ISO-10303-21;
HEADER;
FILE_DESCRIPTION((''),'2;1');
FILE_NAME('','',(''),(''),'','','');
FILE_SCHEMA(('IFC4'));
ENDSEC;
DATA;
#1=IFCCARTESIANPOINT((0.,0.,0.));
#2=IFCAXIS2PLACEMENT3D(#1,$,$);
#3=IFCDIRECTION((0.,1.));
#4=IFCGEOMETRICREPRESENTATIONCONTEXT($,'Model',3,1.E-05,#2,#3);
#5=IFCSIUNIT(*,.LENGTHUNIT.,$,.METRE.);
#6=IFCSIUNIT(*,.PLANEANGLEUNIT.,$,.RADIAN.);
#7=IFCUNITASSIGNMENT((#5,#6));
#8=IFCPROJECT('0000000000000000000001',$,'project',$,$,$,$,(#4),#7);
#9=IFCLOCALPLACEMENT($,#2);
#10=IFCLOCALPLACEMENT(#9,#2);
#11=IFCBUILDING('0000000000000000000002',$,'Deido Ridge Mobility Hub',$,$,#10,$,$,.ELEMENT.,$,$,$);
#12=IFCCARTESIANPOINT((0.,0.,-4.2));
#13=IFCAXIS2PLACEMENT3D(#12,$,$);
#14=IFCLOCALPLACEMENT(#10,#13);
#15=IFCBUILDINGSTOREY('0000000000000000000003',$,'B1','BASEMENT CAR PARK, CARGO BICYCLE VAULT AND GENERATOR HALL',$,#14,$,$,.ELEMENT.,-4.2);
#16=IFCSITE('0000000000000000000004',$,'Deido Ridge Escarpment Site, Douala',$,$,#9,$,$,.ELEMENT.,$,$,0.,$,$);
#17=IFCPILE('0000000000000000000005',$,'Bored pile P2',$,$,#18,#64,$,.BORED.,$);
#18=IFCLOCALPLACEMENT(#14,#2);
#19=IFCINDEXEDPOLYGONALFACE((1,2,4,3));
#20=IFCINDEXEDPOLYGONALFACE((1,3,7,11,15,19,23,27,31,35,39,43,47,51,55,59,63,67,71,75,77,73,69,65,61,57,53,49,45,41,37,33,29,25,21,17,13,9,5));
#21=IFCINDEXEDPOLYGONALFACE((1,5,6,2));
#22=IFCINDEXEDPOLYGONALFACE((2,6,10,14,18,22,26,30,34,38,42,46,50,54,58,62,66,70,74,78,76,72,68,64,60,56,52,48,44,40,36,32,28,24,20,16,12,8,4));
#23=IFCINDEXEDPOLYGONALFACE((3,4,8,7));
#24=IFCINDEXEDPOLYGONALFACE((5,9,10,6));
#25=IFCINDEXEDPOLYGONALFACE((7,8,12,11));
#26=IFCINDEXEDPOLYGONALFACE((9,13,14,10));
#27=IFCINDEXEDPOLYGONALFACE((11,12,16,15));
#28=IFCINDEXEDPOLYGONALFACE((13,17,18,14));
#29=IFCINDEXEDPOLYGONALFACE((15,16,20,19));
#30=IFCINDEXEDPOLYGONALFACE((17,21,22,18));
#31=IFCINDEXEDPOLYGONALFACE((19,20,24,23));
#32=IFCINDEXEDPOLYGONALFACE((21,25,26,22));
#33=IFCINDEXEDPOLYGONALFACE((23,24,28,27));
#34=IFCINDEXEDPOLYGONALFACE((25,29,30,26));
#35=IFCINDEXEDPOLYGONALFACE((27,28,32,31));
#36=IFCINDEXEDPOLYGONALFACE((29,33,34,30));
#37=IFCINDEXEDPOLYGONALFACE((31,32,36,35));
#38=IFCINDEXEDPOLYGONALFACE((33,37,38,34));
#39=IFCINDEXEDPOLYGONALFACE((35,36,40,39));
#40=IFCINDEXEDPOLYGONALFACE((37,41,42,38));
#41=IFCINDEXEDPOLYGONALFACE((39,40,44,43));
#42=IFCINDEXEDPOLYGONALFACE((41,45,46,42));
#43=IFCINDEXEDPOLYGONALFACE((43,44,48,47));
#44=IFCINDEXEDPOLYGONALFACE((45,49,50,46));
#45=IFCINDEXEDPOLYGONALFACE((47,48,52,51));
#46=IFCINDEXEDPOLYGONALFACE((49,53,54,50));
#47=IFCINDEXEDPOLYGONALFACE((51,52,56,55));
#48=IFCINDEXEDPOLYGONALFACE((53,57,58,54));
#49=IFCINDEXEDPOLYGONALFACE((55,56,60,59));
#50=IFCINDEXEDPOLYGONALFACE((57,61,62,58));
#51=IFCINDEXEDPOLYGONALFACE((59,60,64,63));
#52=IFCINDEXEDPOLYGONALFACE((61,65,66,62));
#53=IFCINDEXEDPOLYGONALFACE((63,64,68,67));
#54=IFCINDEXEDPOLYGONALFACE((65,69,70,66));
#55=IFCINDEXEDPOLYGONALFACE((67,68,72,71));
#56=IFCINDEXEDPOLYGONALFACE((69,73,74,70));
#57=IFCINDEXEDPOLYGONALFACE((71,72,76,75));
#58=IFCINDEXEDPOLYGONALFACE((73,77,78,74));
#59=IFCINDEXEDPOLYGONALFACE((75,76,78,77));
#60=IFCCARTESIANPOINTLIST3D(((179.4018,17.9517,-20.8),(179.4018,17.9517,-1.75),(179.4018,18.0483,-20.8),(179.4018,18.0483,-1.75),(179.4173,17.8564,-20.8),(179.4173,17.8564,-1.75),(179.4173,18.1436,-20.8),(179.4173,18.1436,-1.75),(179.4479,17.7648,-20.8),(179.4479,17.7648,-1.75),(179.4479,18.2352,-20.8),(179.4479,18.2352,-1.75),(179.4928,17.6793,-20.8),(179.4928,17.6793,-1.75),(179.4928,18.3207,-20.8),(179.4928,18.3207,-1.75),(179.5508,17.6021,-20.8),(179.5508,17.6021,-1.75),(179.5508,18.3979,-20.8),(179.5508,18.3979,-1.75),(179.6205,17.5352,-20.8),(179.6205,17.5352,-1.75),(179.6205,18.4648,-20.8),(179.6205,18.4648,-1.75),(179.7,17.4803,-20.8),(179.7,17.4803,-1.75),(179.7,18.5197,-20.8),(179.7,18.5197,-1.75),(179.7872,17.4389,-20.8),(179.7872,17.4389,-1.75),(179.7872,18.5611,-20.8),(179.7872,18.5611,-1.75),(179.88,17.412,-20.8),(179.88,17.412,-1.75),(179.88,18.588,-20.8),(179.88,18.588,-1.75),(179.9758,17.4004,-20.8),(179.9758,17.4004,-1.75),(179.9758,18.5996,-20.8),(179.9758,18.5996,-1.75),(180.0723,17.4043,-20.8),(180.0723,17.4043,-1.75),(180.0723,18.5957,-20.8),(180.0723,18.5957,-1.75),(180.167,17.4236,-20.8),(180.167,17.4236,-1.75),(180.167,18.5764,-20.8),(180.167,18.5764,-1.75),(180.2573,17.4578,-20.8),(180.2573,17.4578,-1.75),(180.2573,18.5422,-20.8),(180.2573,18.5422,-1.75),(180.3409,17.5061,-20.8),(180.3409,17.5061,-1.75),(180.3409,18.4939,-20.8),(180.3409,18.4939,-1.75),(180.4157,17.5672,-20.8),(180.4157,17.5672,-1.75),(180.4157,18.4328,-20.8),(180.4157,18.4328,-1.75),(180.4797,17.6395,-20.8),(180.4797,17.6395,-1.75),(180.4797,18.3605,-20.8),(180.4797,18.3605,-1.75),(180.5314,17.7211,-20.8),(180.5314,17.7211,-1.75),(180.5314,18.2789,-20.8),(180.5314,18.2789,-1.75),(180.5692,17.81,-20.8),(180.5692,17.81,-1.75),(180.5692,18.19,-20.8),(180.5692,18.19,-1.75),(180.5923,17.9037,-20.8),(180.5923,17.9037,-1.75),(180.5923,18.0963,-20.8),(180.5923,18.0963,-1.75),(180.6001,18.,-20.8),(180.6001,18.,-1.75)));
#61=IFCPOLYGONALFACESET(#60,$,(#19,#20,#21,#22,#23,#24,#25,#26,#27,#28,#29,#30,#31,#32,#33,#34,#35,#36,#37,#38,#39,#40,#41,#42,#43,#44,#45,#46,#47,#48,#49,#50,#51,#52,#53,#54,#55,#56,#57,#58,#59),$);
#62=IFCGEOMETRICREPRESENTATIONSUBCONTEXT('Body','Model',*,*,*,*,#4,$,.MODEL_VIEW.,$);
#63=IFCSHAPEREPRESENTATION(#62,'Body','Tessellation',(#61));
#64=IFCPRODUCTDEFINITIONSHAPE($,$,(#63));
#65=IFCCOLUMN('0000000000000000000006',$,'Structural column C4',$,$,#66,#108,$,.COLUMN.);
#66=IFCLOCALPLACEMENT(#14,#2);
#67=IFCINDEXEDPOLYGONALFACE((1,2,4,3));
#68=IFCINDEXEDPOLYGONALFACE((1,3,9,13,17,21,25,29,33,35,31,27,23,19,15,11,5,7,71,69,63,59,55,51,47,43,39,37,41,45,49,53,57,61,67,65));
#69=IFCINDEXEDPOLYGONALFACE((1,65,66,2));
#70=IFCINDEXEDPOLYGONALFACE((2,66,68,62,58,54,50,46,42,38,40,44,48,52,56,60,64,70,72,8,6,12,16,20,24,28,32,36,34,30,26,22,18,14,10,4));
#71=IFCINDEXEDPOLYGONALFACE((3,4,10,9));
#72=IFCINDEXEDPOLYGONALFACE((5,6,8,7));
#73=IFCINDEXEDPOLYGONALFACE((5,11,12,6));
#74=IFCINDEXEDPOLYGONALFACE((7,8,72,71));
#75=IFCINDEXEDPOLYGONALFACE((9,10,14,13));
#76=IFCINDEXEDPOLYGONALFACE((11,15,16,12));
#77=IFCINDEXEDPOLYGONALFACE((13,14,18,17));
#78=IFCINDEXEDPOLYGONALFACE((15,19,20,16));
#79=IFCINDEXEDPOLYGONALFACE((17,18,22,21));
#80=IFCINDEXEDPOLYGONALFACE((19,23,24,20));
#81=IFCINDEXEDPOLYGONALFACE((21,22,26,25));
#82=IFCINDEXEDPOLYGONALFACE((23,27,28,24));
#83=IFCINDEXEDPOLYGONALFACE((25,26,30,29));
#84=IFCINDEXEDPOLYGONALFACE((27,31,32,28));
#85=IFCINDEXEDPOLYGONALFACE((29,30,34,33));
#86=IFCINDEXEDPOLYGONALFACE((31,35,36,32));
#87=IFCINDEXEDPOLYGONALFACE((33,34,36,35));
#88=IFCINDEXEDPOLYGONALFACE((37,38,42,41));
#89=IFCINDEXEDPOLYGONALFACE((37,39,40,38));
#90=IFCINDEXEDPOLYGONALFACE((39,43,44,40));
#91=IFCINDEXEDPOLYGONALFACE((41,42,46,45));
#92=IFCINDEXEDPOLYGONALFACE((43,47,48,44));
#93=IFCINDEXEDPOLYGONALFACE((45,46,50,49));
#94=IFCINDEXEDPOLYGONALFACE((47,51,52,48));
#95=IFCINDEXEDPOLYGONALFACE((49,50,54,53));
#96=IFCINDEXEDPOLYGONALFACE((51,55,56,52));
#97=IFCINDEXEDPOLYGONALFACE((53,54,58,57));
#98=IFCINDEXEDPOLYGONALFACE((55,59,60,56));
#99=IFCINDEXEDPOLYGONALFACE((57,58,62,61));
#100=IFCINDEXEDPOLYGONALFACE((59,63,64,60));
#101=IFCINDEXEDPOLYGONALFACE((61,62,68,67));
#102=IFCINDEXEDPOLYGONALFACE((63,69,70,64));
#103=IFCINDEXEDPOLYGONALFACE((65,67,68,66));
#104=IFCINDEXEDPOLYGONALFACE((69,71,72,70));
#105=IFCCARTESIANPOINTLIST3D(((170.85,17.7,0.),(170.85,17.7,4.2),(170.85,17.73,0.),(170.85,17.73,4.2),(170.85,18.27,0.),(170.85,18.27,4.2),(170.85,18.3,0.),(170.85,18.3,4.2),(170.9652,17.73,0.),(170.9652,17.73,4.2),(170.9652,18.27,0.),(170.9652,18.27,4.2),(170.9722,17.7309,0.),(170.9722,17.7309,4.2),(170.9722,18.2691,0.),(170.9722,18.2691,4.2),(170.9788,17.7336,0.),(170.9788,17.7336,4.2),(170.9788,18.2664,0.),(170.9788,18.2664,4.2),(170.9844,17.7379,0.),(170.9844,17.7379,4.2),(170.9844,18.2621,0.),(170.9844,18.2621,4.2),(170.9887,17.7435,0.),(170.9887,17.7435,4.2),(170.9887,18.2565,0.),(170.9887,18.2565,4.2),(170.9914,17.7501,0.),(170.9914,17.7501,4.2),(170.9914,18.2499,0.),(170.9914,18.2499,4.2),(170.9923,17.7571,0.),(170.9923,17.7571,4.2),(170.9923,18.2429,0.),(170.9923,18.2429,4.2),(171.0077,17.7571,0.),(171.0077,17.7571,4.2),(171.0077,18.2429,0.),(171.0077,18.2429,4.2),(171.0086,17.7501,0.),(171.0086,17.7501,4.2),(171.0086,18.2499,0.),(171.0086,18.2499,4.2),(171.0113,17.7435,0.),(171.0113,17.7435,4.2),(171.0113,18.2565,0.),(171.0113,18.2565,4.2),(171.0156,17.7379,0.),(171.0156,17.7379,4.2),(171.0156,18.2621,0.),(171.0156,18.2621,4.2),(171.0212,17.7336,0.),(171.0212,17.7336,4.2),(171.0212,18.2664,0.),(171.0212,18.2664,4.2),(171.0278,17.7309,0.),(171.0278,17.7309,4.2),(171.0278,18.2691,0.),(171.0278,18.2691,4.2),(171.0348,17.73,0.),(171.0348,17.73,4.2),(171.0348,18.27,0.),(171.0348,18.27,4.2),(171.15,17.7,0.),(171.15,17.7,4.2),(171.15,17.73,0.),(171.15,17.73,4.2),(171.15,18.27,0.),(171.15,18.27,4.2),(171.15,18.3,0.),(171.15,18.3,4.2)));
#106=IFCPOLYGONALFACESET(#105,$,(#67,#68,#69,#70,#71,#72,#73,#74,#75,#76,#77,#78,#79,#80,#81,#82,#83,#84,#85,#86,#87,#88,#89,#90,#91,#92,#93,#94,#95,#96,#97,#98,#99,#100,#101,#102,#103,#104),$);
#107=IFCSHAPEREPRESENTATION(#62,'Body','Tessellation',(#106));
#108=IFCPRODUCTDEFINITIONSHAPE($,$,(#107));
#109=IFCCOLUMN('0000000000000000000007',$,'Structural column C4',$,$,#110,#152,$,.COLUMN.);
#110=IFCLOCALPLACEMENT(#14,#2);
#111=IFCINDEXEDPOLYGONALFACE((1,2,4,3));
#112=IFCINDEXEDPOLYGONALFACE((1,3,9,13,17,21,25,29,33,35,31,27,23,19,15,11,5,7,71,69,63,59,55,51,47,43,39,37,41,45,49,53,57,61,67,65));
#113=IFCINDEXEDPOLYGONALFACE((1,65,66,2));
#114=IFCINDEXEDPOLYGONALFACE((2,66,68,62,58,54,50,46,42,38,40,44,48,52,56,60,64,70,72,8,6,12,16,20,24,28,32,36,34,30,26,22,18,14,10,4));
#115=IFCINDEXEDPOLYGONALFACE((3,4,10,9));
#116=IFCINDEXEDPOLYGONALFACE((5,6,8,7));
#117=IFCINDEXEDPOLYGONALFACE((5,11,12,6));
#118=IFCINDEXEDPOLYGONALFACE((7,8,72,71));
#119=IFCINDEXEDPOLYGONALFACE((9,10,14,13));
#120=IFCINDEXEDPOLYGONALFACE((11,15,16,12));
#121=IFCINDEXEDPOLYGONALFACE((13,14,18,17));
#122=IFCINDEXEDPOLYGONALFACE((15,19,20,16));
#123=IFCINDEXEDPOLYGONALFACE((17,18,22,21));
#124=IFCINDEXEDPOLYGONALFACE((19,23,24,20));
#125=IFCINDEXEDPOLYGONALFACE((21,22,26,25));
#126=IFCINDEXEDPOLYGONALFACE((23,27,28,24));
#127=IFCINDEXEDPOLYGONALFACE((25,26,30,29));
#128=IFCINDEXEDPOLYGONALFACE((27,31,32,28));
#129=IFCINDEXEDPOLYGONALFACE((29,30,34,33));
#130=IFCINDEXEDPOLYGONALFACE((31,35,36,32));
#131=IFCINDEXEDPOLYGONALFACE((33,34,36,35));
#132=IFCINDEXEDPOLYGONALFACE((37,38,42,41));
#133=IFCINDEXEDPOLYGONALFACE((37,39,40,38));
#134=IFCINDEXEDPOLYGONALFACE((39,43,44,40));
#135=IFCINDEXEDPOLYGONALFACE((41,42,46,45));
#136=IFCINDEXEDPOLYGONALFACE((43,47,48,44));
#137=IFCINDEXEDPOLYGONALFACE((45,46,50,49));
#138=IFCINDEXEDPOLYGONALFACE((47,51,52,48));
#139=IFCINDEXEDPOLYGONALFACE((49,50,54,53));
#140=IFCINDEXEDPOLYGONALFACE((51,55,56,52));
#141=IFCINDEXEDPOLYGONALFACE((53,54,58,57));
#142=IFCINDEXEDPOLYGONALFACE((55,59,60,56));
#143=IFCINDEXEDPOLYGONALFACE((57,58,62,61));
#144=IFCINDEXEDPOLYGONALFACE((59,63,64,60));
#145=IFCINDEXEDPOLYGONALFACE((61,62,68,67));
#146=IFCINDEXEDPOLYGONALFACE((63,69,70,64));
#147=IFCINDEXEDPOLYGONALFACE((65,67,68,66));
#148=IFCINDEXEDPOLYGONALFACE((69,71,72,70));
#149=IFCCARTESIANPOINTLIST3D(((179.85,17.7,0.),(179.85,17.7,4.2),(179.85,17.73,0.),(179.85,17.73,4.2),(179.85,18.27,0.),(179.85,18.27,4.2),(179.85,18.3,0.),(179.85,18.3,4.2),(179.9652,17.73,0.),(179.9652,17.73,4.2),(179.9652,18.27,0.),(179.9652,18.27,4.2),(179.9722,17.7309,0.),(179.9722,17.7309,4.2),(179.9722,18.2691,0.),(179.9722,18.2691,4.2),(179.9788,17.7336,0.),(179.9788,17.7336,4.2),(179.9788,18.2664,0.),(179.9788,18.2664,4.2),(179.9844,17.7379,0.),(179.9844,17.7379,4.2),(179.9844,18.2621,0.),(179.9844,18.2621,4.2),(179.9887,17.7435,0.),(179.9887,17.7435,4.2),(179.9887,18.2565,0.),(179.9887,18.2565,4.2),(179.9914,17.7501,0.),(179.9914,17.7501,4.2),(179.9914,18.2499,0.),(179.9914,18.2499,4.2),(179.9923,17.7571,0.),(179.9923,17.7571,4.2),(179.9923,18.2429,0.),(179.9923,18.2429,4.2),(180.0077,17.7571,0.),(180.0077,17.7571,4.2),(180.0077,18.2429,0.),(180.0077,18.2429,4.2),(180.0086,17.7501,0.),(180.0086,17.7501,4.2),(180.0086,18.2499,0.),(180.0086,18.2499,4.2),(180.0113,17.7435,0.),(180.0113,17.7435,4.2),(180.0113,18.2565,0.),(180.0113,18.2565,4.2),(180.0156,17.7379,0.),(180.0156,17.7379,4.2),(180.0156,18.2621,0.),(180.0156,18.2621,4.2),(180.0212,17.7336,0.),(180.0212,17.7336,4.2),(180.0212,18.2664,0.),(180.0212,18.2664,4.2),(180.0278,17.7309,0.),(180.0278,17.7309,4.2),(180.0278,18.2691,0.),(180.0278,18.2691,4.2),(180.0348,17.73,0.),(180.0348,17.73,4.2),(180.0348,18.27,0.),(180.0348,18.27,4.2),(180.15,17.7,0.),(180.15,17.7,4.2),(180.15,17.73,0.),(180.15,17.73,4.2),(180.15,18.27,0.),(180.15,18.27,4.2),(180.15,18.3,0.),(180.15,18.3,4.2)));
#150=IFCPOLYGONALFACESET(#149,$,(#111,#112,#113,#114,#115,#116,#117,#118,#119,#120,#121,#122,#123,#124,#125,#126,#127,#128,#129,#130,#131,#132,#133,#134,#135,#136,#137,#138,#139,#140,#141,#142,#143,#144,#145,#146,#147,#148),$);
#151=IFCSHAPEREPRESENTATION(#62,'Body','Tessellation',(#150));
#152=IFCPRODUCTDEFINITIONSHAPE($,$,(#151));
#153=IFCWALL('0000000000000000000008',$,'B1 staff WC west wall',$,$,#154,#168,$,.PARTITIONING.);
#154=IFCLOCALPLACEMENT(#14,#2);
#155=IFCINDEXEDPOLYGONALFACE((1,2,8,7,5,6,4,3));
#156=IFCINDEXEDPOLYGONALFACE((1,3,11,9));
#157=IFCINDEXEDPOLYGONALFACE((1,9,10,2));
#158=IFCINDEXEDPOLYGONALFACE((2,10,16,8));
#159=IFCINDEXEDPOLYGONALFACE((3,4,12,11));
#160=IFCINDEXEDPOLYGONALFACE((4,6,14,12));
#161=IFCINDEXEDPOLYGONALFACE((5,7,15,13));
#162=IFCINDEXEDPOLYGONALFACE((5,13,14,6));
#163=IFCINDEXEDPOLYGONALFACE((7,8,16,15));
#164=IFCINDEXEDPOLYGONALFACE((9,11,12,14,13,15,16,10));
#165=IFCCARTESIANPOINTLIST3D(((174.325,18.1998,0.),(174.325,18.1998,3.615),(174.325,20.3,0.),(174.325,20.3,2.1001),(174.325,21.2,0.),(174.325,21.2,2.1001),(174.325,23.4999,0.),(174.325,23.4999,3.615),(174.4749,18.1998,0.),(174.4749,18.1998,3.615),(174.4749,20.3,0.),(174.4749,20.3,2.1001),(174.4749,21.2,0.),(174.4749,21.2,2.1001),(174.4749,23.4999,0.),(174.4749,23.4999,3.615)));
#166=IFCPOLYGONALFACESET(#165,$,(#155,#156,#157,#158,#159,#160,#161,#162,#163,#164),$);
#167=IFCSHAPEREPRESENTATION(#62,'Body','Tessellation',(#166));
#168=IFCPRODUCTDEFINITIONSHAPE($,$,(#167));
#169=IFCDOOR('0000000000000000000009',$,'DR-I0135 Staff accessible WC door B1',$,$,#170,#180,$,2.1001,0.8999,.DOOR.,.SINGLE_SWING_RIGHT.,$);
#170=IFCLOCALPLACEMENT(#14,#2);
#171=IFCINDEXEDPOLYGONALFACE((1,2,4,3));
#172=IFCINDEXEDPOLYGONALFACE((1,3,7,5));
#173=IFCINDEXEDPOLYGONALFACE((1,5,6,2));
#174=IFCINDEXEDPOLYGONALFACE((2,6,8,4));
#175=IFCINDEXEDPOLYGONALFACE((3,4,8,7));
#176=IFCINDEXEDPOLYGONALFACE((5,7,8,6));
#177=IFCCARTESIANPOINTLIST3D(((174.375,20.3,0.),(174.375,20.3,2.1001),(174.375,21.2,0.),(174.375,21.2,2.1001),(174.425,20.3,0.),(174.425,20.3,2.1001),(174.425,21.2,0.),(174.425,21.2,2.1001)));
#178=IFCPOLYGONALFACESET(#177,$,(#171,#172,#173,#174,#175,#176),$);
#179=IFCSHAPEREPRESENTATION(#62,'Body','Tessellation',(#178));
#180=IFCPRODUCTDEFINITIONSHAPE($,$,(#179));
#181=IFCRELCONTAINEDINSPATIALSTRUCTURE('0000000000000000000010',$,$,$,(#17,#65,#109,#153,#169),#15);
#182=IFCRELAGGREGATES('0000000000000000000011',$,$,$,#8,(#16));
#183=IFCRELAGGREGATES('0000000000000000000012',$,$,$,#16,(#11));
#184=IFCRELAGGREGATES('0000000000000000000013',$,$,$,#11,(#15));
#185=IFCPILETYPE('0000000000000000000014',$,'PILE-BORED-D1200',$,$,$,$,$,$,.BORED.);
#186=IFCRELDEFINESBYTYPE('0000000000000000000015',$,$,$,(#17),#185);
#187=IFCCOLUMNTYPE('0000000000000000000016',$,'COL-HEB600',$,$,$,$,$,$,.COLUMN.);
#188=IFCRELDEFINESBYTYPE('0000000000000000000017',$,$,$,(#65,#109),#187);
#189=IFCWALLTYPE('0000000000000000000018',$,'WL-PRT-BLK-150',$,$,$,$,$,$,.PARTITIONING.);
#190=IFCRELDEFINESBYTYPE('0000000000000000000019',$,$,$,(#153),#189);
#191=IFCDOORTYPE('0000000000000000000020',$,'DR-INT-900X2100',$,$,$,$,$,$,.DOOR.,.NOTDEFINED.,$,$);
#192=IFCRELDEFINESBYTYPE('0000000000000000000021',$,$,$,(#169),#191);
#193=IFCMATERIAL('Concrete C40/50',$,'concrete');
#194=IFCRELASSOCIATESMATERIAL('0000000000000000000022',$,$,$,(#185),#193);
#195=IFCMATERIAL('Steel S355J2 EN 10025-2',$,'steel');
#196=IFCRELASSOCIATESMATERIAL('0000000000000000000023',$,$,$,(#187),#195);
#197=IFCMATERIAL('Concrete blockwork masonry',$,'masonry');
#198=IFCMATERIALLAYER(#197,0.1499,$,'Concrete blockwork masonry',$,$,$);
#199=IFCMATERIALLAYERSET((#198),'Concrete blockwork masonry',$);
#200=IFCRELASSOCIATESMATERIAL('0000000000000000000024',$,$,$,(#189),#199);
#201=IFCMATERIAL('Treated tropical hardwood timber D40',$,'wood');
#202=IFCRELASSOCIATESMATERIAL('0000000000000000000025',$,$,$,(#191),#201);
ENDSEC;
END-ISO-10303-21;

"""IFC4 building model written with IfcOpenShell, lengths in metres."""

from ifc_helpers import new_model, si_unit, direction, frame, frame_2d, origin, origin_2d, place, context, subcontext, project, spatial, rectangle, circle, i_section, extrude, material, layer, layer_set, material_profile, profile_set, type_object, element, fill, save


model = new_model("IFC4")

# Units and contexts
model_context = context("Model", 3, precision=1e-05, world=origin(), true_north=direction((0.0, 1.0)))
body_context = subcontext(model_context, "Body", "Model", "MODEL_VIEW")
ifc_project = project(units=[si_unit("LENGTHUNIT", "METRE"), si_unit("PLANEANGLEUNIT", "RADIAN")], contexts=[model_context])

# Site, building, storey
site_placement = place(None, origin())
site = spatial("IfcSite", under=ifc_project, at=site_placement, Name="Deido Ridge Escarpment Site, Douala", CompositionType="ELEMENT", RefElevation=0.0)
building_placement = place(site_placement, origin())
building = spatial("IfcBuilding", under=site, at=building_placement, Name="Deido Ridge Mobility Hub", CompositionType="ELEMENT")
storey_placement = place(building_placement, frame((0.0, 0.0, -4.2)))
storey = spatial("IfcBuildingStorey", under=building, at=storey_placement, Name="B1", Description="BASEMENT CAR PARK, CARGO BICYCLE VAULT AND GENERATOR HALL", CompositionType="ELEMENT", Elevation=-4.2)

# Shared definitions
ifc_material_1 = material(Name="Concrete C40/50", Category="concrete")

# Pile
ifc_material_profile_1 = material_profile(ifc_material_1, circle(Radius=0.6001, at=origin_2d()), Name="BORED PILE D1200")
ifc_profile_set_1 = profile_set([ifc_material_profile_1], Name="Concrete C40/50")
pile_type = type_object("IfcPileType", Name="PILE-BORED-D1200", PredefinedType="BORED", material=ifc_profile_set_1)
for number, where, z_axis, x_axis, name in (
    (1, (180.0, 18.0, -1.75), (0.0, 0.0, -1.0), (1.0, 0.0, 0.0), "Bored pile P2"),
):
    element("IfcPile", number, at=place(storey_placement, frame(where, z_axis=z_axis, x_axis=x_axis)), inside=storey, type_object=pile_type, Name=name, PredefinedType="BORED", context=body_context, shape_type="SweptSolid", body=[
        extrude(circle(Radius=0.6001, at=origin_2d()), origin(), (0.0, 0.0, 1.0), 19.05),
    ])

# Columns
ifc_material_2 = material(Name="Steel S355J2 EN 10025-2", Category="steel")
ifc_material_profile_2 = material_profile(ifc_material_2, i_section(OverallWidth=0.3, OverallDepth=0.6001, WebThickness=0.0154, FlangeThickness=0.03, FilletRadius=0.0271, at=origin_2d()), Name="HEB 600")
ifc_profile_set_2 = profile_set([ifc_material_profile_2], Name="Steel S355J2 EN 10025-2")
column_type = type_object("IfcColumnType", Name="COL-HEB600", PredefinedType="COLUMN", material=ifc_profile_set_2)
for number, where, z_axis, x_axis, name in (
    (2, (171.0, 18.0, 0.0), (0.0, 0.0, 1.0), (1.0, 0.0, 0.0), "Structural column C4"),
    (3, (180.0, 18.0, 0.0), (0.0, 0.0, 1.0), (1.0, 0.0, 0.0), "Structural column C4"),
):
    element("IfcColumn", number, at=place(storey_placement, frame(where, z_axis=z_axis, x_axis=x_axis)), inside=storey, type_object=column_type, Name=name, PredefinedType="COLUMN", context=body_context, shape_type="SweptSolid", body=[
        extrude(i_section(OverallWidth=0.3, OverallDepth=0.6001, WebThickness=0.0154, FlangeThickness=0.03, FilletRadius=0.0271, at=origin_2d()), origin(), (0.0, 0.0, 1.0), 4.2),
    ])

# Wall, opening, door
ifc_material_3 = material(Name="Concrete blockwork masonry", Category="masonry")
ifc_layer_1 = layer(ifc_material_3, 0.1499, Name="Concrete blockwork masonry")
ifc_layer_set_1 = layer_set([ifc_layer_1], Name="Concrete blockwork masonry")
wall_type_1 = type_object("IfcWallType", Name="WL-PRT-BLK-150", PredefinedType="PARTITIONING", material=ifc_layer_set_1)
wall_1_placement = place(storey_placement, frame((174.3999, 18.2, 0.0), z_axis=(0.0, 0.0, 1.0), x_axis=(0.0, 1.0, 0.0)))
wall_1 = element("IfcWall", 4, at=wall_1_placement, inside=storey, type_object=wall_type_1, Name="B1 staff WC west wall", PredefinedType="PARTITIONING", context=body_context, shape_type="SweptSolid", body=[
    extrude(rectangle(XDim=5.3, YDim=0.1499, at=frame_2d((2.6499, 0.0))), origin(), (0.0, 0.0, 1.0), 3.615),
])
opening_1_placement = place(wall_1_placement, frame((2.1001, 0.0, 0.0)))
opening_1 = element("IfcOpeningElement", 5, at=opening_1_placement, cuts=wall_1, PredefinedType="OPENING", context=body_context, shape_type="SweptSolid", body=[
    extrude(rectangle(XDim=0.8999, YDim=2.1001, at=frame_2d((0.45, 1.05))), frame((0.0, 0.085, 0.0), z_axis=(0.0, -1.0, 0.0), x_axis=(1.0, 0.0, 0.0)), (0.0, 0.0, 1.0), 0.1699),
])
ifc_material_4 = material(Name="Treated tropical hardwood timber D40", Category="wood")
door_type_1 = type_object("IfcDoorType", Name="DR-INT-900X2100", OperationType="NOTDEFINED", PredefinedType="DOOR", material=ifc_material_4)
door_1_placement = place(opening_1_placement, origin())
door_1 = element("IfcDoor", 6, at=door_1_placement, inside=storey, type_object=door_type_1, Name="DR-I0135 Staff accessible WC door B1", OperationType="SINGLE_SWING_RIGHT", OverallHeight=2.1001, OverallWidth=0.8999, PredefinedType="DOOR", context=body_context, shape_type="SweptSolid", body=[
    extrude(rectangle(XDim=0.8999, YDim=2.1001, at=frame_2d((0.45, 1.05))), frame((0.0, 0.0249, 0.0), z_axis=(0.0, -1.0, 0.0), x_axis=(1.0, 0.0, 0.0)), (0.0, 0.0, 1.0), 0.05),
])
fill(opening_1, door_1)

save(model, "model.ifc")
